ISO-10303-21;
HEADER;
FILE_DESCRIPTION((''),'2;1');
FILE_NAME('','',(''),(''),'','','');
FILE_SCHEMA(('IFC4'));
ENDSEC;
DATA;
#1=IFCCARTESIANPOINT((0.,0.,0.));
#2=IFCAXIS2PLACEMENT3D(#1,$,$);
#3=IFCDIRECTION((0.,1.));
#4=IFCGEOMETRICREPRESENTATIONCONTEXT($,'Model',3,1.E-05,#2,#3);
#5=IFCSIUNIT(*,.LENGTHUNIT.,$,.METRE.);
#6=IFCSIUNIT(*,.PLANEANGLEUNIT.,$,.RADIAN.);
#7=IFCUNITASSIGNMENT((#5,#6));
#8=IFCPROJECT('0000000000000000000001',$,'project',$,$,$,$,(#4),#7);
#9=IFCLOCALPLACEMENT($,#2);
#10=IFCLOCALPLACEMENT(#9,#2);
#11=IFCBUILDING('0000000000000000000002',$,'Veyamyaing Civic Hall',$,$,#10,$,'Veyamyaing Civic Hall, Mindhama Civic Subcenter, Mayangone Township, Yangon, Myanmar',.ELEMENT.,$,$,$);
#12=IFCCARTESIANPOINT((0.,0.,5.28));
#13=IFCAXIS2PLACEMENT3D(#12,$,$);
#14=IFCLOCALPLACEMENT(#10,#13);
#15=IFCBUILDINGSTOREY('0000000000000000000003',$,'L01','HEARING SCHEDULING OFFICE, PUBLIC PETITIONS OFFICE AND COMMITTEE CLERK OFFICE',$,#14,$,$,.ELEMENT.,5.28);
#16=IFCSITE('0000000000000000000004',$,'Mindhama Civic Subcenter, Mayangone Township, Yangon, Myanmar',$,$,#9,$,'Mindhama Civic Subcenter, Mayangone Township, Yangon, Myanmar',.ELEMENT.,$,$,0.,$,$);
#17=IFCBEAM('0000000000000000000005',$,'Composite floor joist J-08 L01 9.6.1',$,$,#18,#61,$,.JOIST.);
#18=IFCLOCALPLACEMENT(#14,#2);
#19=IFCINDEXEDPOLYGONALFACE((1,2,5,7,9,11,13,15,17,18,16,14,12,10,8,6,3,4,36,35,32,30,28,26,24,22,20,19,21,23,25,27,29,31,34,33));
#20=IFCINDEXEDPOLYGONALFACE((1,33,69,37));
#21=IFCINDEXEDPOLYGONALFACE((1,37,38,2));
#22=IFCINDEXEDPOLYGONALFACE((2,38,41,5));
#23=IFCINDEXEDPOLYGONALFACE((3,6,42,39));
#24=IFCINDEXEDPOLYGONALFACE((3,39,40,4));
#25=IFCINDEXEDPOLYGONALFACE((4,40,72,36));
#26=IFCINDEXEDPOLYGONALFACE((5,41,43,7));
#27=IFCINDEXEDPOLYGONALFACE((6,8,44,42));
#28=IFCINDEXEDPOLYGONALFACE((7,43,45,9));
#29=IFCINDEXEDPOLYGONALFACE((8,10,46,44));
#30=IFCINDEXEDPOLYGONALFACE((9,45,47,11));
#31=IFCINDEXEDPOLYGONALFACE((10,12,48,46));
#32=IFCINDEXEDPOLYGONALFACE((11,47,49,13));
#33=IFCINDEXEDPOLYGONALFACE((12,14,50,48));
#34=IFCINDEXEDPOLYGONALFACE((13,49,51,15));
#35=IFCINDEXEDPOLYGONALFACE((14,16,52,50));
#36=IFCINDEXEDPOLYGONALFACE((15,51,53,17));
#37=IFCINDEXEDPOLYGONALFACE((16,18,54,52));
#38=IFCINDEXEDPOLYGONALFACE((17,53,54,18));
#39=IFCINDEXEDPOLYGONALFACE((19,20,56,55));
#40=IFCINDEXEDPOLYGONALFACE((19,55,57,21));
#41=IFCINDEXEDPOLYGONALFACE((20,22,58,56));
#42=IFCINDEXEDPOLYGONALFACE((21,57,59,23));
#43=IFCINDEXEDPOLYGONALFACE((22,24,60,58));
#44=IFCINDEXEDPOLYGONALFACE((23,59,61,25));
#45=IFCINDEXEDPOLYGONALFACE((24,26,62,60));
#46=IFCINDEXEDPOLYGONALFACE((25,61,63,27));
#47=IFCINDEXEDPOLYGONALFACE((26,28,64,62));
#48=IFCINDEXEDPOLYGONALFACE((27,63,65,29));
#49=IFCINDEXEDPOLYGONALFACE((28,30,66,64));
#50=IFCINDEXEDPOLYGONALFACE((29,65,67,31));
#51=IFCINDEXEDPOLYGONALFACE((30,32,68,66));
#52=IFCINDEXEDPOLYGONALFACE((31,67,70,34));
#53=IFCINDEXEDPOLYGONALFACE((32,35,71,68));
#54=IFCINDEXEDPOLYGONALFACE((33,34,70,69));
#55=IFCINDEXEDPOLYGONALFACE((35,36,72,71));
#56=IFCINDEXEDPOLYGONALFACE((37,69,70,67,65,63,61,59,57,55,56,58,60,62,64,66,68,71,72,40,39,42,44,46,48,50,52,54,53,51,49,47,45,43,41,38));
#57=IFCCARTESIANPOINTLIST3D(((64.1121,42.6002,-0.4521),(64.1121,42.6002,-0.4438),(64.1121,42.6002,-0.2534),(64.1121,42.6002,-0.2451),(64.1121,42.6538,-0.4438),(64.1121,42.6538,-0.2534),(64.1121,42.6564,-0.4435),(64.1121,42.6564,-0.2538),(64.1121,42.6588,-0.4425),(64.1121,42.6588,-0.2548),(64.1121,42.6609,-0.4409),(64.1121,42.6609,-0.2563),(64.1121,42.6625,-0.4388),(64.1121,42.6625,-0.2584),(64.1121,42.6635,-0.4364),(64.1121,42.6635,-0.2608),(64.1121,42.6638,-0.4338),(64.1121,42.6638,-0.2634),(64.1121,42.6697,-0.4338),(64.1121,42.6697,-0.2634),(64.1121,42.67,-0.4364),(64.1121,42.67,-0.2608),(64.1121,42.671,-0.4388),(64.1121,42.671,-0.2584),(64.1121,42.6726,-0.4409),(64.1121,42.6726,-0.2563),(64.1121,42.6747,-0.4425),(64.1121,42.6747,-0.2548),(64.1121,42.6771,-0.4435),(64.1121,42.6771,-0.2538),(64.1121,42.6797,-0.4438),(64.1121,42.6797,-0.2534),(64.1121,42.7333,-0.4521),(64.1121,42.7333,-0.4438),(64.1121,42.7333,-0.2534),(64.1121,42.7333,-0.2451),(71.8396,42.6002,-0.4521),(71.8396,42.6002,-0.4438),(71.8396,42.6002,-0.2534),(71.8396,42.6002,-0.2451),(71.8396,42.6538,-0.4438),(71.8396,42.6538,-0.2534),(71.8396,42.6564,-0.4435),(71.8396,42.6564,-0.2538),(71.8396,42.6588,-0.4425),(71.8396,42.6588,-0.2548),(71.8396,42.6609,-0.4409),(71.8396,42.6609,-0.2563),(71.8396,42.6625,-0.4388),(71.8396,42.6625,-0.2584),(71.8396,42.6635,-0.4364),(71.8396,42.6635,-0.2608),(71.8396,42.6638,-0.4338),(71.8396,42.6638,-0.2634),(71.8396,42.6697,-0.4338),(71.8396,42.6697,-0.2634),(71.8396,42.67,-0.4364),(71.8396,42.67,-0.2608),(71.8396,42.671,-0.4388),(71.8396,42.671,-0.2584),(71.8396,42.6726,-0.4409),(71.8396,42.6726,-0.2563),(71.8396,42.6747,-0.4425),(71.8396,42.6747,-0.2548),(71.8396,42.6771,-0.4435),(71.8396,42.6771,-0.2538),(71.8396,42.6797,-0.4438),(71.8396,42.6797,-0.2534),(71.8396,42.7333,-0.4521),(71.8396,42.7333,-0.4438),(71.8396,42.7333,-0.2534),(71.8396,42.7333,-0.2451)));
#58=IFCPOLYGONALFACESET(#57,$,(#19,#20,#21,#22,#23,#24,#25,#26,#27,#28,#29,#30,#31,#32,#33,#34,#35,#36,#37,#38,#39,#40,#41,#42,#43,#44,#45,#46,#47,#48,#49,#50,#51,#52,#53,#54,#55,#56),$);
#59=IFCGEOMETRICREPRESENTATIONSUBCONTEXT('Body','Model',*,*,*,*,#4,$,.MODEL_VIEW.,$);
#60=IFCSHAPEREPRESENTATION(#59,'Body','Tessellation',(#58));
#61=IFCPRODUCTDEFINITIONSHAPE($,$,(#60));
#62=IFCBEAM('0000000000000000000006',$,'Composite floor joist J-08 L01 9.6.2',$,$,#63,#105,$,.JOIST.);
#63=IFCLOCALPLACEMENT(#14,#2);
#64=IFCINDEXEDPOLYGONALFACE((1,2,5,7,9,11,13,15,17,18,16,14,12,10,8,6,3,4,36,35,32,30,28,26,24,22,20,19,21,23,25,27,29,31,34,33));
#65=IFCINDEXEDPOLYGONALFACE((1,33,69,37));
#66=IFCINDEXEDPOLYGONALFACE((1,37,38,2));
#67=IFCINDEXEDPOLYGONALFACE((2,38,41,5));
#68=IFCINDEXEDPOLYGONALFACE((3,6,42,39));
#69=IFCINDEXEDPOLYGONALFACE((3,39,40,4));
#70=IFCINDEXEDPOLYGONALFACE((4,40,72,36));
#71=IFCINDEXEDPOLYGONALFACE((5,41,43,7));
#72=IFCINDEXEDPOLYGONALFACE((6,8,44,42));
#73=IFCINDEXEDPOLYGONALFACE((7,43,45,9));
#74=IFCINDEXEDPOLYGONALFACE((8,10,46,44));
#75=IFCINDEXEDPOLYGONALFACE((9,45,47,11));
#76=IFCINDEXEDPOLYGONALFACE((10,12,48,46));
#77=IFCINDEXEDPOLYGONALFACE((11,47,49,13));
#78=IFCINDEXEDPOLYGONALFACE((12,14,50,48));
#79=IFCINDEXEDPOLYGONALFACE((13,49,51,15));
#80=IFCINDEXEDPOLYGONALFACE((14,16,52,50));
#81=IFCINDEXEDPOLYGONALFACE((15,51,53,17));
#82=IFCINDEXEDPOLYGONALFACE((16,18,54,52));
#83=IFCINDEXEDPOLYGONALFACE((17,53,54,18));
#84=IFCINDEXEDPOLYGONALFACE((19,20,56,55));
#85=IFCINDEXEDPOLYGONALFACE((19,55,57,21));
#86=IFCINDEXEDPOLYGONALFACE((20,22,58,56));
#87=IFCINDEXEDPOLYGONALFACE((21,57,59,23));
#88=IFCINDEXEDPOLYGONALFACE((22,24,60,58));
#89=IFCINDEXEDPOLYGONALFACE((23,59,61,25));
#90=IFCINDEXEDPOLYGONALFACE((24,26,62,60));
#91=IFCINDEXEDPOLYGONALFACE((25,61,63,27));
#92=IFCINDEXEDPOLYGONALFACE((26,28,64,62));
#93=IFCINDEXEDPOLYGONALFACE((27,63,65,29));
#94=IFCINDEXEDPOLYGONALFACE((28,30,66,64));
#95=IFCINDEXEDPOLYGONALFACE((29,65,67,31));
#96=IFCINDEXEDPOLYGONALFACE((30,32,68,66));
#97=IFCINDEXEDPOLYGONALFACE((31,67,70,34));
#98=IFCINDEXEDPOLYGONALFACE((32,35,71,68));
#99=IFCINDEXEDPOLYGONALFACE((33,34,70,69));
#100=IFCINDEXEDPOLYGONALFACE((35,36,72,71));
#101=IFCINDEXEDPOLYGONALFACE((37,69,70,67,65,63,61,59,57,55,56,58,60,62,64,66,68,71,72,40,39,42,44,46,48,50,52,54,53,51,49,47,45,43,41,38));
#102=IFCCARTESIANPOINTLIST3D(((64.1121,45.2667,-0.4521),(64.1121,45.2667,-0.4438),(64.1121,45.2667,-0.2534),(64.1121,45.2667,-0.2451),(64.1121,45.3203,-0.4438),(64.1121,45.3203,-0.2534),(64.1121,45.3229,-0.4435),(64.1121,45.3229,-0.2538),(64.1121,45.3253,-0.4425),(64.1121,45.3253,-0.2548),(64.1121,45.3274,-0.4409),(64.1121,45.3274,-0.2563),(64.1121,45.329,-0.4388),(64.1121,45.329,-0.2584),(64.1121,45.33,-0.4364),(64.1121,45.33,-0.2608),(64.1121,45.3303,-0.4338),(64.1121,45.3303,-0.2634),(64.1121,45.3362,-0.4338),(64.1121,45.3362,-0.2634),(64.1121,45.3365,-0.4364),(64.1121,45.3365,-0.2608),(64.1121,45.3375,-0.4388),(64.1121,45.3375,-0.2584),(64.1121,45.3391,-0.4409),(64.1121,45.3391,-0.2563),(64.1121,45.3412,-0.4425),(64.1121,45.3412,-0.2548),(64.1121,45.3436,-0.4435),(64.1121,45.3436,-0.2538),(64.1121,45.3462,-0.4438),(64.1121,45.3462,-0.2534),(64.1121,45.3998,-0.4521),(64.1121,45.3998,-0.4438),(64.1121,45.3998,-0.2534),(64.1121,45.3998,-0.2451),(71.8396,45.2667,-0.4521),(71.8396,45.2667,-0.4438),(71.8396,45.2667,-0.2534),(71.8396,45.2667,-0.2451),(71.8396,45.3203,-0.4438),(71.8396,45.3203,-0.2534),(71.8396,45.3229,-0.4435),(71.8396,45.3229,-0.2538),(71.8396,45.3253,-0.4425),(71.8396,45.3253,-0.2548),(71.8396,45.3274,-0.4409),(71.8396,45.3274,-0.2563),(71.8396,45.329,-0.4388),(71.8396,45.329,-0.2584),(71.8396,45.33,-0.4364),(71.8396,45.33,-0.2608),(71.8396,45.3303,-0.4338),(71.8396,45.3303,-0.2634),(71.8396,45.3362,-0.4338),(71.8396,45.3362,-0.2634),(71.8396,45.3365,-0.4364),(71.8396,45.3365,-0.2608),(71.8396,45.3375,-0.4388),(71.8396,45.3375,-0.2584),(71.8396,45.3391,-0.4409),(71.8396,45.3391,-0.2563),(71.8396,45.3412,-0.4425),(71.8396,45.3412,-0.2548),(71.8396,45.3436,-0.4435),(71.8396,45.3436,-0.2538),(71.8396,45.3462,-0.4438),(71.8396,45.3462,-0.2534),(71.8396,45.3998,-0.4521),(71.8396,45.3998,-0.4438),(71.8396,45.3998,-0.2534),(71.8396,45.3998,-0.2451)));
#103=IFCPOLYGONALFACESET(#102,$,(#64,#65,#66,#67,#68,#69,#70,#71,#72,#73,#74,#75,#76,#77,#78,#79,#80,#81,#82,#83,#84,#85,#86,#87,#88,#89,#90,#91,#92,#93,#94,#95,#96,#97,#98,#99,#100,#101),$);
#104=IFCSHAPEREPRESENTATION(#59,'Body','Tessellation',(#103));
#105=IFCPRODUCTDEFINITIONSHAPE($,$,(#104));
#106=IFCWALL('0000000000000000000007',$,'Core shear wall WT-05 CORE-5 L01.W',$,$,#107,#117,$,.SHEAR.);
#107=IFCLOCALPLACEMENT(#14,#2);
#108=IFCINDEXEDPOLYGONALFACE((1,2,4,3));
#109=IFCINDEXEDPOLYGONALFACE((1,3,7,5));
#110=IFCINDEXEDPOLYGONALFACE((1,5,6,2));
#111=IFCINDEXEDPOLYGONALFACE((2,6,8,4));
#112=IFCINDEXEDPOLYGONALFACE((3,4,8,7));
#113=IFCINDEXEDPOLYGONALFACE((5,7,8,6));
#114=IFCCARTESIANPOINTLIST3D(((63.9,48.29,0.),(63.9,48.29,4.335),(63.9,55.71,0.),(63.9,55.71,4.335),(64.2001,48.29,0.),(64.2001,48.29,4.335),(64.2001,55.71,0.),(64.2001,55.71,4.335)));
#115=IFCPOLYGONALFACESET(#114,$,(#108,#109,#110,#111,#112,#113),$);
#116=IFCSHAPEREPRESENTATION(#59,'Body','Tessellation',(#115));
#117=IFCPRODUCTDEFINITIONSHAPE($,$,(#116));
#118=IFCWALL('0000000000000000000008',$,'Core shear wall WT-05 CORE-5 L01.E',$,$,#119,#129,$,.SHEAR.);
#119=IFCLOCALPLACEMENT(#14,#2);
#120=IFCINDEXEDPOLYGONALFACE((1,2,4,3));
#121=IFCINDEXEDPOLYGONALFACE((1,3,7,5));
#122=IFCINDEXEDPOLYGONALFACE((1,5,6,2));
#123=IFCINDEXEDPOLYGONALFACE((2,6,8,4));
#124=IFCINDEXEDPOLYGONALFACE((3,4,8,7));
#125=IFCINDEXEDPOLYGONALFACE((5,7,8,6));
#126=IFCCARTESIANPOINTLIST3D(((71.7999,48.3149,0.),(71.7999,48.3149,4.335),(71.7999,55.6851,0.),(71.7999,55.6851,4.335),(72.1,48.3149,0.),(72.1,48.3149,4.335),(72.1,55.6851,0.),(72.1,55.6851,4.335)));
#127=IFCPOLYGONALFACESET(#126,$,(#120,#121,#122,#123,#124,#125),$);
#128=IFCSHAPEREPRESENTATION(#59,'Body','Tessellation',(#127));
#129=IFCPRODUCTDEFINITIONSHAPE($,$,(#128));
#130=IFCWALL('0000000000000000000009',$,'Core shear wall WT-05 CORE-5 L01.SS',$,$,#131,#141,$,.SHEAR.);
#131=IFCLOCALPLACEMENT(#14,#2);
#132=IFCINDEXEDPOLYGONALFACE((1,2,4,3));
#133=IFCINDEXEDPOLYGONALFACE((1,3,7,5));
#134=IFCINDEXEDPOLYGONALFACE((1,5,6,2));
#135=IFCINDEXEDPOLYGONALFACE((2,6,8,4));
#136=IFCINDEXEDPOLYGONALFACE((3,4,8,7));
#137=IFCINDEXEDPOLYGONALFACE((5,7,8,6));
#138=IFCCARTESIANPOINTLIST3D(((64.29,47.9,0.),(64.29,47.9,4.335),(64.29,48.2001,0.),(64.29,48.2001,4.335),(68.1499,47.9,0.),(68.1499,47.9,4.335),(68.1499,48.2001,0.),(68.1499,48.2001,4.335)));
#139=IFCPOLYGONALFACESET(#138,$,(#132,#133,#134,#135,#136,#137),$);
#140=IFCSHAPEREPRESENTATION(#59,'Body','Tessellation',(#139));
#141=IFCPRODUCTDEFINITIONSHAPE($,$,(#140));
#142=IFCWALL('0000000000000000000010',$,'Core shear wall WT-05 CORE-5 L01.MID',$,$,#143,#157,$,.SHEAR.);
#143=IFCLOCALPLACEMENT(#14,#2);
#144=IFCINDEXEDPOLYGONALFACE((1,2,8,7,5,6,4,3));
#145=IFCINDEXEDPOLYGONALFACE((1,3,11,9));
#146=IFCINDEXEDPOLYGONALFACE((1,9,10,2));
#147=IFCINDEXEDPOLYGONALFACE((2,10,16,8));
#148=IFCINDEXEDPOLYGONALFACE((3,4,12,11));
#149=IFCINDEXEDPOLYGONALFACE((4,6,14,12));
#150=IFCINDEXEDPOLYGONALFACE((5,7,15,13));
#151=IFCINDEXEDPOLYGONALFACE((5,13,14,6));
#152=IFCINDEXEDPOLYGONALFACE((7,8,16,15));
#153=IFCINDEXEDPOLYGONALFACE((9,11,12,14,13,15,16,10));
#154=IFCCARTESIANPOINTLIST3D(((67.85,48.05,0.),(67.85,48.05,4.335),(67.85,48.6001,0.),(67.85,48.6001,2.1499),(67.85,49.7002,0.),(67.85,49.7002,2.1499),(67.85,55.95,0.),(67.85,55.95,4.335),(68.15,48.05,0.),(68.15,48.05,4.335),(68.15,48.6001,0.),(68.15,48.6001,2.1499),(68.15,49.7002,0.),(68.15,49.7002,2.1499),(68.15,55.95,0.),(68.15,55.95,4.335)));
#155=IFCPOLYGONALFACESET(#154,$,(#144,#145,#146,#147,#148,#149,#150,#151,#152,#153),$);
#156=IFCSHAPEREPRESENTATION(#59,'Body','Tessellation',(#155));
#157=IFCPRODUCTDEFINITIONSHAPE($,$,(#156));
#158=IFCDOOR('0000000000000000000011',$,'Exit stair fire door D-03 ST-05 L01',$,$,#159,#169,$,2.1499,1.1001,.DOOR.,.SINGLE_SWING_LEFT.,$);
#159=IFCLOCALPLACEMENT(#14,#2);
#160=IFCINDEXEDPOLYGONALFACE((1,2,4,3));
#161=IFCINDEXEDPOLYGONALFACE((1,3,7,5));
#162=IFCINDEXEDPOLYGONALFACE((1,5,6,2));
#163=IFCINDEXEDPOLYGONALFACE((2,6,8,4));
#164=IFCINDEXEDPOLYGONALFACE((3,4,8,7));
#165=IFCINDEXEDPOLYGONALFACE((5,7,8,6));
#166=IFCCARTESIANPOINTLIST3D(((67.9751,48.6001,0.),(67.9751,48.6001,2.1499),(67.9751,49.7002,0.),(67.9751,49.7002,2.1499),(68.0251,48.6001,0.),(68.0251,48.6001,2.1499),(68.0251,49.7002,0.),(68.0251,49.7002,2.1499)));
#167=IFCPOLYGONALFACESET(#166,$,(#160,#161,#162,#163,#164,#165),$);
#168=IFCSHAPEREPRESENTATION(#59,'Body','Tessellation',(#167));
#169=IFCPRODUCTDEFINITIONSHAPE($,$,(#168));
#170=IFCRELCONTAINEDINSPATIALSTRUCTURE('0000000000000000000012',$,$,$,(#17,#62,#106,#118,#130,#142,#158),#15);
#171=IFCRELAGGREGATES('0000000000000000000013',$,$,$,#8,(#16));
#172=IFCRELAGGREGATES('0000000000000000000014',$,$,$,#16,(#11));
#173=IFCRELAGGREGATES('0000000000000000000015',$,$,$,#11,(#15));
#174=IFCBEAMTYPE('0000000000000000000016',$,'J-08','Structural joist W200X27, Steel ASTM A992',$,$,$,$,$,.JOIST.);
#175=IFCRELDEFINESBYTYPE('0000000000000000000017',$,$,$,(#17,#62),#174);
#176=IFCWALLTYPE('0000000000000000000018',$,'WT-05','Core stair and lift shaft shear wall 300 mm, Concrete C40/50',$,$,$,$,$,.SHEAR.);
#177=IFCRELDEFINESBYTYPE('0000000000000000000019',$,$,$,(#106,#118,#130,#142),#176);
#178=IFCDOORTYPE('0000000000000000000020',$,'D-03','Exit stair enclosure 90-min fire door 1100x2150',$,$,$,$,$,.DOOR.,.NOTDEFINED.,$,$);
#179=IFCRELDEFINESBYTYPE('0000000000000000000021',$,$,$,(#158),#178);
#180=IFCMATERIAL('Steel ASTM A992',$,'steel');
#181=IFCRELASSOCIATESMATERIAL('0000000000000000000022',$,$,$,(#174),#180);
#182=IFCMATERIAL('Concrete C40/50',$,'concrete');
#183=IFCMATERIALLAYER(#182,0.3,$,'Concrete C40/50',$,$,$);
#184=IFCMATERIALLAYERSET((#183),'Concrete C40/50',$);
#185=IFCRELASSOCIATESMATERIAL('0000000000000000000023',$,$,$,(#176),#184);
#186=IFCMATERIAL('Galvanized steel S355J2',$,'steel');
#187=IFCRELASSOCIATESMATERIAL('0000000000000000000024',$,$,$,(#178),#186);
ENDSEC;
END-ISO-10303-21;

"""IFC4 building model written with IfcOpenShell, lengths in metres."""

from ifc_helpers import new_model, si_unit, direction, frame, frame_2d, origin, origin_2d, place, context, subcontext, project, spatial, rectangle, i_section, extrude, material, layer, layer_set, material_profile, profile_set, type_object, element, fill, save


model = new_model("IFC4")

# Units and contexts
model_context = context("Model", 3, precision=1e-05, world=origin(), true_north=direction((0.0, 1.0)))
body_context = subcontext(model_context, "Body", "Model", "MODEL_VIEW")
ifc_project = project(units=[si_unit("LENGTHUNIT", "METRE"), si_unit("PLANEANGLEUNIT", "RADIAN")], contexts=[model_context])

# Site, building, storey
site_placement = place(None, origin())
site = spatial("IfcSite", under=ifc_project, at=site_placement, Name="Mindhama Civic Subcenter, Mayangone Township, Yangon, Myanmar", LongName="Mindhama Civic Subcenter, Mayangone Township, Yangon, Myanmar", CompositionType="ELEMENT", RefElevation=0.0)
building_placement = place(site_placement, origin())
building = spatial("IfcBuilding", under=site, at=building_placement, Name="Veyamyaing Civic Hall", LongName="Veyamyaing Civic Hall, Mindhama Civic Subcenter, Mayangone Township, Yangon, Myanmar", CompositionType="ELEMENT")
storey_placement = place(building_placement, frame((0.0, 0.0, 5.28)))
storey = spatial("IfcBuildingStorey", under=building, at=storey_placement, Name="L01", Description="HEARING SCHEDULING OFFICE, PUBLIC PETITIONS OFFICE AND COMMITTEE CLERK OFFICE", CompositionType="ELEMENT", Elevation=5.28)

# Beams
ifc_material_1 = material(Name="Steel ASTM A992", Category="steel")
ifc_material_profile_1 = material_profile(ifc_material_1, i_section(OverallWidth=0.1331, OverallDepth=0.207, WebThickness=0.0059, FlangeThickness=0.0083, FilletRadius=0.01, at=origin_2d()), Name="W200X27")
ifc_profile_set_1 = profile_set([ifc_material_profile_1], Name="Steel ASTM A992")
beam_type_1 = type_object("IfcBeamType", Name="J-08", Description="Structural joist W200X27, Steel ASTM A992", PredefinedType="JOIST", material=ifc_profile_set_1)
for number, where, z_axis, x_axis, name in (
    (1, (64.1121, 42.6667, -0.3486), (1.0, 0.0, 0.0), (0.0, 1.0, 0.0), "Composite floor joist J-08 L01 9.6.1"),
    (2, (64.1121, 45.3333, -0.3486), (1.0, 0.0, 0.0), (0.0, 1.0, 0.0), "Composite floor joist J-08 L01 9.6.2"),
):
    element("IfcBeam", number, at=place(storey_placement, frame(where, z_axis=z_axis, x_axis=x_axis)), inside=storey, type_object=beam_type_1, Name=name, PredefinedType="JOIST", context=body_context, shape_type="SweptSolid", body=[
        extrude(i_section(OverallWidth=0.1331, OverallDepth=0.207, WebThickness=0.0059, FlangeThickness=0.0083, FilletRadius=0.01, at=origin_2d()), origin(), (0.0, 0.0, 1.0), 7.7275),
    ])

# Walls
ifc_material_2 = material(Name="Concrete C40/50", Category="concrete")
ifc_layer_1 = layer(ifc_material_2, 0.3, Name="Concrete C40/50")
ifc_layer_set_1 = layer_set([ifc_layer_1], Name="Concrete C40/50")
wall_type_1 = type_object("IfcWallType", Name="WT-05", Description="Core stair and lift shaft shear wall 300 mm, Concrete C40/50", PredefinedType="SHEAR", material=ifc_layer_set_1)
wall_1_placement = place(storey_placement, frame((64.05, 48.29, 0.0), z_axis=(0.0, 0.0, 1.0), x_axis=(0.0, 1.0, 0.0)))
element("IfcWall", 3, at=wall_1_placement, inside=storey, type_object=wall_type_1, Name="Core shear wall WT-05 CORE-5 L01.W", PredefinedType="SHEAR", context=body_context, shape_type="SweptSolid", body=[
    extrude(rectangle(XDim=7.4199, YDim=0.3, at=frame_2d((3.71, 0.0))), origin(), (0.0, 0.0, 1.0), 4.335),
])
wall_2_placement = place(storey_placement, frame((71.95, 48.3149, 0.0), z_axis=(0.0, 0.0, 1.0), x_axis=(0.0, 1.0, 0.0)))
element("IfcWall", 4, at=wall_2_placement, inside=storey, type_object=wall_type_1, Name="Core shear wall WT-05 CORE-5 L01.E", PredefinedType="SHEAR", context=body_context, shape_type="SweptSolid", body=[
    extrude(rectangle(XDim=7.3701, YDim=0.3, at=frame_2d((3.6851, 0.0))), origin(), (0.0, 0.0, 1.0), 4.335),
])
wall_3_placement = place(storey_placement, frame((64.29, 48.05, 0.0), z_axis=(0.0, 0.0, 1.0), x_axis=(1.0, 0.0, 0.0)))
element("IfcWall", 5, at=wall_3_placement, inside=storey, type_object=wall_type_1, Name="Core shear wall WT-05 CORE-5 L01.SS", PredefinedType="SHEAR", context=body_context, shape_type="SweptSolid", body=[
    extrude(rectangle(XDim=3.8599, YDim=0.3, at=frame_2d((1.9299, 0.0))), origin(), (0.0, 0.0, 1.0), 4.335),
])

# Wall, opening, door
wall_4_placement = place(storey_placement, frame((68.0, 48.05, 0.0), z_axis=(0.0, 0.0, 1.0), x_axis=(0.0, 1.0, 0.0)))
wall_4 = element("IfcWall", 6, at=wall_4_placement, inside=storey, type_object=wall_type_1, Name="Core shear wall WT-05 CORE-5 L01.MID", PredefinedType="SHEAR", context=body_context, shape_type="SweptSolid", body=[
    extrude(rectangle(XDim=7.8999, YDim=0.3, at=frame_2d((3.95, 0.0))), origin(), (0.0, 0.0, 1.0), 4.335),
])
opening_1_placement = place(wall_4_placement, frame((0.55, 0.0, 0.0)))
opening_1 = element("IfcOpeningElement", 7, at=opening_1_placement, cuts=wall_4, PredefinedType="OPENING", context=body_context, shape_type="SweptSolid", body=[
    extrude(rectangle(XDim=1.1001, YDim=2.1499, at=frame_2d((0.55, 1.075))), frame((0.0, 0.1599, 0.0), z_axis=(0.0, -1.0, 0.0), x_axis=(1.0, 0.0, 0.0)), (0.0, 0.0, 1.0), 0.3201),
])
ifc_material_3 = material(Name="Galvanized steel S355J2", Category="steel")
door_type_1 = type_object("IfcDoorType", Name="D-03", Description="Exit stair enclosure 90-min fire door 1100x2150", OperationType="NOTDEFINED", PredefinedType="DOOR", material=ifc_material_3)
door_1_placement = place(opening_1_placement, origin())
door_1 = element("IfcDoor", 8, at=door_1_placement, inside=storey, type_object=door_type_1, Name="Exit stair fire door D-03 ST-05 L01", OperationType="SINGLE_SWING_LEFT", OverallHeight=2.1499, OverallWidth=1.1001, PredefinedType="DOOR", context=body_context, shape_type="SweptSolid", body=[
    extrude(rectangle(XDim=1.1001, YDim=2.1499, at=frame_2d((0.55, 1.075))), frame((0.0, 0.0249, 0.0), z_axis=(0.0, -1.0, 0.0), x_axis=(1.0, 0.0, 0.0)), (0.0, 0.0, 1.0), 0.05),
])
fill(opening_1, door_1)

save(model, "model.ifc")
